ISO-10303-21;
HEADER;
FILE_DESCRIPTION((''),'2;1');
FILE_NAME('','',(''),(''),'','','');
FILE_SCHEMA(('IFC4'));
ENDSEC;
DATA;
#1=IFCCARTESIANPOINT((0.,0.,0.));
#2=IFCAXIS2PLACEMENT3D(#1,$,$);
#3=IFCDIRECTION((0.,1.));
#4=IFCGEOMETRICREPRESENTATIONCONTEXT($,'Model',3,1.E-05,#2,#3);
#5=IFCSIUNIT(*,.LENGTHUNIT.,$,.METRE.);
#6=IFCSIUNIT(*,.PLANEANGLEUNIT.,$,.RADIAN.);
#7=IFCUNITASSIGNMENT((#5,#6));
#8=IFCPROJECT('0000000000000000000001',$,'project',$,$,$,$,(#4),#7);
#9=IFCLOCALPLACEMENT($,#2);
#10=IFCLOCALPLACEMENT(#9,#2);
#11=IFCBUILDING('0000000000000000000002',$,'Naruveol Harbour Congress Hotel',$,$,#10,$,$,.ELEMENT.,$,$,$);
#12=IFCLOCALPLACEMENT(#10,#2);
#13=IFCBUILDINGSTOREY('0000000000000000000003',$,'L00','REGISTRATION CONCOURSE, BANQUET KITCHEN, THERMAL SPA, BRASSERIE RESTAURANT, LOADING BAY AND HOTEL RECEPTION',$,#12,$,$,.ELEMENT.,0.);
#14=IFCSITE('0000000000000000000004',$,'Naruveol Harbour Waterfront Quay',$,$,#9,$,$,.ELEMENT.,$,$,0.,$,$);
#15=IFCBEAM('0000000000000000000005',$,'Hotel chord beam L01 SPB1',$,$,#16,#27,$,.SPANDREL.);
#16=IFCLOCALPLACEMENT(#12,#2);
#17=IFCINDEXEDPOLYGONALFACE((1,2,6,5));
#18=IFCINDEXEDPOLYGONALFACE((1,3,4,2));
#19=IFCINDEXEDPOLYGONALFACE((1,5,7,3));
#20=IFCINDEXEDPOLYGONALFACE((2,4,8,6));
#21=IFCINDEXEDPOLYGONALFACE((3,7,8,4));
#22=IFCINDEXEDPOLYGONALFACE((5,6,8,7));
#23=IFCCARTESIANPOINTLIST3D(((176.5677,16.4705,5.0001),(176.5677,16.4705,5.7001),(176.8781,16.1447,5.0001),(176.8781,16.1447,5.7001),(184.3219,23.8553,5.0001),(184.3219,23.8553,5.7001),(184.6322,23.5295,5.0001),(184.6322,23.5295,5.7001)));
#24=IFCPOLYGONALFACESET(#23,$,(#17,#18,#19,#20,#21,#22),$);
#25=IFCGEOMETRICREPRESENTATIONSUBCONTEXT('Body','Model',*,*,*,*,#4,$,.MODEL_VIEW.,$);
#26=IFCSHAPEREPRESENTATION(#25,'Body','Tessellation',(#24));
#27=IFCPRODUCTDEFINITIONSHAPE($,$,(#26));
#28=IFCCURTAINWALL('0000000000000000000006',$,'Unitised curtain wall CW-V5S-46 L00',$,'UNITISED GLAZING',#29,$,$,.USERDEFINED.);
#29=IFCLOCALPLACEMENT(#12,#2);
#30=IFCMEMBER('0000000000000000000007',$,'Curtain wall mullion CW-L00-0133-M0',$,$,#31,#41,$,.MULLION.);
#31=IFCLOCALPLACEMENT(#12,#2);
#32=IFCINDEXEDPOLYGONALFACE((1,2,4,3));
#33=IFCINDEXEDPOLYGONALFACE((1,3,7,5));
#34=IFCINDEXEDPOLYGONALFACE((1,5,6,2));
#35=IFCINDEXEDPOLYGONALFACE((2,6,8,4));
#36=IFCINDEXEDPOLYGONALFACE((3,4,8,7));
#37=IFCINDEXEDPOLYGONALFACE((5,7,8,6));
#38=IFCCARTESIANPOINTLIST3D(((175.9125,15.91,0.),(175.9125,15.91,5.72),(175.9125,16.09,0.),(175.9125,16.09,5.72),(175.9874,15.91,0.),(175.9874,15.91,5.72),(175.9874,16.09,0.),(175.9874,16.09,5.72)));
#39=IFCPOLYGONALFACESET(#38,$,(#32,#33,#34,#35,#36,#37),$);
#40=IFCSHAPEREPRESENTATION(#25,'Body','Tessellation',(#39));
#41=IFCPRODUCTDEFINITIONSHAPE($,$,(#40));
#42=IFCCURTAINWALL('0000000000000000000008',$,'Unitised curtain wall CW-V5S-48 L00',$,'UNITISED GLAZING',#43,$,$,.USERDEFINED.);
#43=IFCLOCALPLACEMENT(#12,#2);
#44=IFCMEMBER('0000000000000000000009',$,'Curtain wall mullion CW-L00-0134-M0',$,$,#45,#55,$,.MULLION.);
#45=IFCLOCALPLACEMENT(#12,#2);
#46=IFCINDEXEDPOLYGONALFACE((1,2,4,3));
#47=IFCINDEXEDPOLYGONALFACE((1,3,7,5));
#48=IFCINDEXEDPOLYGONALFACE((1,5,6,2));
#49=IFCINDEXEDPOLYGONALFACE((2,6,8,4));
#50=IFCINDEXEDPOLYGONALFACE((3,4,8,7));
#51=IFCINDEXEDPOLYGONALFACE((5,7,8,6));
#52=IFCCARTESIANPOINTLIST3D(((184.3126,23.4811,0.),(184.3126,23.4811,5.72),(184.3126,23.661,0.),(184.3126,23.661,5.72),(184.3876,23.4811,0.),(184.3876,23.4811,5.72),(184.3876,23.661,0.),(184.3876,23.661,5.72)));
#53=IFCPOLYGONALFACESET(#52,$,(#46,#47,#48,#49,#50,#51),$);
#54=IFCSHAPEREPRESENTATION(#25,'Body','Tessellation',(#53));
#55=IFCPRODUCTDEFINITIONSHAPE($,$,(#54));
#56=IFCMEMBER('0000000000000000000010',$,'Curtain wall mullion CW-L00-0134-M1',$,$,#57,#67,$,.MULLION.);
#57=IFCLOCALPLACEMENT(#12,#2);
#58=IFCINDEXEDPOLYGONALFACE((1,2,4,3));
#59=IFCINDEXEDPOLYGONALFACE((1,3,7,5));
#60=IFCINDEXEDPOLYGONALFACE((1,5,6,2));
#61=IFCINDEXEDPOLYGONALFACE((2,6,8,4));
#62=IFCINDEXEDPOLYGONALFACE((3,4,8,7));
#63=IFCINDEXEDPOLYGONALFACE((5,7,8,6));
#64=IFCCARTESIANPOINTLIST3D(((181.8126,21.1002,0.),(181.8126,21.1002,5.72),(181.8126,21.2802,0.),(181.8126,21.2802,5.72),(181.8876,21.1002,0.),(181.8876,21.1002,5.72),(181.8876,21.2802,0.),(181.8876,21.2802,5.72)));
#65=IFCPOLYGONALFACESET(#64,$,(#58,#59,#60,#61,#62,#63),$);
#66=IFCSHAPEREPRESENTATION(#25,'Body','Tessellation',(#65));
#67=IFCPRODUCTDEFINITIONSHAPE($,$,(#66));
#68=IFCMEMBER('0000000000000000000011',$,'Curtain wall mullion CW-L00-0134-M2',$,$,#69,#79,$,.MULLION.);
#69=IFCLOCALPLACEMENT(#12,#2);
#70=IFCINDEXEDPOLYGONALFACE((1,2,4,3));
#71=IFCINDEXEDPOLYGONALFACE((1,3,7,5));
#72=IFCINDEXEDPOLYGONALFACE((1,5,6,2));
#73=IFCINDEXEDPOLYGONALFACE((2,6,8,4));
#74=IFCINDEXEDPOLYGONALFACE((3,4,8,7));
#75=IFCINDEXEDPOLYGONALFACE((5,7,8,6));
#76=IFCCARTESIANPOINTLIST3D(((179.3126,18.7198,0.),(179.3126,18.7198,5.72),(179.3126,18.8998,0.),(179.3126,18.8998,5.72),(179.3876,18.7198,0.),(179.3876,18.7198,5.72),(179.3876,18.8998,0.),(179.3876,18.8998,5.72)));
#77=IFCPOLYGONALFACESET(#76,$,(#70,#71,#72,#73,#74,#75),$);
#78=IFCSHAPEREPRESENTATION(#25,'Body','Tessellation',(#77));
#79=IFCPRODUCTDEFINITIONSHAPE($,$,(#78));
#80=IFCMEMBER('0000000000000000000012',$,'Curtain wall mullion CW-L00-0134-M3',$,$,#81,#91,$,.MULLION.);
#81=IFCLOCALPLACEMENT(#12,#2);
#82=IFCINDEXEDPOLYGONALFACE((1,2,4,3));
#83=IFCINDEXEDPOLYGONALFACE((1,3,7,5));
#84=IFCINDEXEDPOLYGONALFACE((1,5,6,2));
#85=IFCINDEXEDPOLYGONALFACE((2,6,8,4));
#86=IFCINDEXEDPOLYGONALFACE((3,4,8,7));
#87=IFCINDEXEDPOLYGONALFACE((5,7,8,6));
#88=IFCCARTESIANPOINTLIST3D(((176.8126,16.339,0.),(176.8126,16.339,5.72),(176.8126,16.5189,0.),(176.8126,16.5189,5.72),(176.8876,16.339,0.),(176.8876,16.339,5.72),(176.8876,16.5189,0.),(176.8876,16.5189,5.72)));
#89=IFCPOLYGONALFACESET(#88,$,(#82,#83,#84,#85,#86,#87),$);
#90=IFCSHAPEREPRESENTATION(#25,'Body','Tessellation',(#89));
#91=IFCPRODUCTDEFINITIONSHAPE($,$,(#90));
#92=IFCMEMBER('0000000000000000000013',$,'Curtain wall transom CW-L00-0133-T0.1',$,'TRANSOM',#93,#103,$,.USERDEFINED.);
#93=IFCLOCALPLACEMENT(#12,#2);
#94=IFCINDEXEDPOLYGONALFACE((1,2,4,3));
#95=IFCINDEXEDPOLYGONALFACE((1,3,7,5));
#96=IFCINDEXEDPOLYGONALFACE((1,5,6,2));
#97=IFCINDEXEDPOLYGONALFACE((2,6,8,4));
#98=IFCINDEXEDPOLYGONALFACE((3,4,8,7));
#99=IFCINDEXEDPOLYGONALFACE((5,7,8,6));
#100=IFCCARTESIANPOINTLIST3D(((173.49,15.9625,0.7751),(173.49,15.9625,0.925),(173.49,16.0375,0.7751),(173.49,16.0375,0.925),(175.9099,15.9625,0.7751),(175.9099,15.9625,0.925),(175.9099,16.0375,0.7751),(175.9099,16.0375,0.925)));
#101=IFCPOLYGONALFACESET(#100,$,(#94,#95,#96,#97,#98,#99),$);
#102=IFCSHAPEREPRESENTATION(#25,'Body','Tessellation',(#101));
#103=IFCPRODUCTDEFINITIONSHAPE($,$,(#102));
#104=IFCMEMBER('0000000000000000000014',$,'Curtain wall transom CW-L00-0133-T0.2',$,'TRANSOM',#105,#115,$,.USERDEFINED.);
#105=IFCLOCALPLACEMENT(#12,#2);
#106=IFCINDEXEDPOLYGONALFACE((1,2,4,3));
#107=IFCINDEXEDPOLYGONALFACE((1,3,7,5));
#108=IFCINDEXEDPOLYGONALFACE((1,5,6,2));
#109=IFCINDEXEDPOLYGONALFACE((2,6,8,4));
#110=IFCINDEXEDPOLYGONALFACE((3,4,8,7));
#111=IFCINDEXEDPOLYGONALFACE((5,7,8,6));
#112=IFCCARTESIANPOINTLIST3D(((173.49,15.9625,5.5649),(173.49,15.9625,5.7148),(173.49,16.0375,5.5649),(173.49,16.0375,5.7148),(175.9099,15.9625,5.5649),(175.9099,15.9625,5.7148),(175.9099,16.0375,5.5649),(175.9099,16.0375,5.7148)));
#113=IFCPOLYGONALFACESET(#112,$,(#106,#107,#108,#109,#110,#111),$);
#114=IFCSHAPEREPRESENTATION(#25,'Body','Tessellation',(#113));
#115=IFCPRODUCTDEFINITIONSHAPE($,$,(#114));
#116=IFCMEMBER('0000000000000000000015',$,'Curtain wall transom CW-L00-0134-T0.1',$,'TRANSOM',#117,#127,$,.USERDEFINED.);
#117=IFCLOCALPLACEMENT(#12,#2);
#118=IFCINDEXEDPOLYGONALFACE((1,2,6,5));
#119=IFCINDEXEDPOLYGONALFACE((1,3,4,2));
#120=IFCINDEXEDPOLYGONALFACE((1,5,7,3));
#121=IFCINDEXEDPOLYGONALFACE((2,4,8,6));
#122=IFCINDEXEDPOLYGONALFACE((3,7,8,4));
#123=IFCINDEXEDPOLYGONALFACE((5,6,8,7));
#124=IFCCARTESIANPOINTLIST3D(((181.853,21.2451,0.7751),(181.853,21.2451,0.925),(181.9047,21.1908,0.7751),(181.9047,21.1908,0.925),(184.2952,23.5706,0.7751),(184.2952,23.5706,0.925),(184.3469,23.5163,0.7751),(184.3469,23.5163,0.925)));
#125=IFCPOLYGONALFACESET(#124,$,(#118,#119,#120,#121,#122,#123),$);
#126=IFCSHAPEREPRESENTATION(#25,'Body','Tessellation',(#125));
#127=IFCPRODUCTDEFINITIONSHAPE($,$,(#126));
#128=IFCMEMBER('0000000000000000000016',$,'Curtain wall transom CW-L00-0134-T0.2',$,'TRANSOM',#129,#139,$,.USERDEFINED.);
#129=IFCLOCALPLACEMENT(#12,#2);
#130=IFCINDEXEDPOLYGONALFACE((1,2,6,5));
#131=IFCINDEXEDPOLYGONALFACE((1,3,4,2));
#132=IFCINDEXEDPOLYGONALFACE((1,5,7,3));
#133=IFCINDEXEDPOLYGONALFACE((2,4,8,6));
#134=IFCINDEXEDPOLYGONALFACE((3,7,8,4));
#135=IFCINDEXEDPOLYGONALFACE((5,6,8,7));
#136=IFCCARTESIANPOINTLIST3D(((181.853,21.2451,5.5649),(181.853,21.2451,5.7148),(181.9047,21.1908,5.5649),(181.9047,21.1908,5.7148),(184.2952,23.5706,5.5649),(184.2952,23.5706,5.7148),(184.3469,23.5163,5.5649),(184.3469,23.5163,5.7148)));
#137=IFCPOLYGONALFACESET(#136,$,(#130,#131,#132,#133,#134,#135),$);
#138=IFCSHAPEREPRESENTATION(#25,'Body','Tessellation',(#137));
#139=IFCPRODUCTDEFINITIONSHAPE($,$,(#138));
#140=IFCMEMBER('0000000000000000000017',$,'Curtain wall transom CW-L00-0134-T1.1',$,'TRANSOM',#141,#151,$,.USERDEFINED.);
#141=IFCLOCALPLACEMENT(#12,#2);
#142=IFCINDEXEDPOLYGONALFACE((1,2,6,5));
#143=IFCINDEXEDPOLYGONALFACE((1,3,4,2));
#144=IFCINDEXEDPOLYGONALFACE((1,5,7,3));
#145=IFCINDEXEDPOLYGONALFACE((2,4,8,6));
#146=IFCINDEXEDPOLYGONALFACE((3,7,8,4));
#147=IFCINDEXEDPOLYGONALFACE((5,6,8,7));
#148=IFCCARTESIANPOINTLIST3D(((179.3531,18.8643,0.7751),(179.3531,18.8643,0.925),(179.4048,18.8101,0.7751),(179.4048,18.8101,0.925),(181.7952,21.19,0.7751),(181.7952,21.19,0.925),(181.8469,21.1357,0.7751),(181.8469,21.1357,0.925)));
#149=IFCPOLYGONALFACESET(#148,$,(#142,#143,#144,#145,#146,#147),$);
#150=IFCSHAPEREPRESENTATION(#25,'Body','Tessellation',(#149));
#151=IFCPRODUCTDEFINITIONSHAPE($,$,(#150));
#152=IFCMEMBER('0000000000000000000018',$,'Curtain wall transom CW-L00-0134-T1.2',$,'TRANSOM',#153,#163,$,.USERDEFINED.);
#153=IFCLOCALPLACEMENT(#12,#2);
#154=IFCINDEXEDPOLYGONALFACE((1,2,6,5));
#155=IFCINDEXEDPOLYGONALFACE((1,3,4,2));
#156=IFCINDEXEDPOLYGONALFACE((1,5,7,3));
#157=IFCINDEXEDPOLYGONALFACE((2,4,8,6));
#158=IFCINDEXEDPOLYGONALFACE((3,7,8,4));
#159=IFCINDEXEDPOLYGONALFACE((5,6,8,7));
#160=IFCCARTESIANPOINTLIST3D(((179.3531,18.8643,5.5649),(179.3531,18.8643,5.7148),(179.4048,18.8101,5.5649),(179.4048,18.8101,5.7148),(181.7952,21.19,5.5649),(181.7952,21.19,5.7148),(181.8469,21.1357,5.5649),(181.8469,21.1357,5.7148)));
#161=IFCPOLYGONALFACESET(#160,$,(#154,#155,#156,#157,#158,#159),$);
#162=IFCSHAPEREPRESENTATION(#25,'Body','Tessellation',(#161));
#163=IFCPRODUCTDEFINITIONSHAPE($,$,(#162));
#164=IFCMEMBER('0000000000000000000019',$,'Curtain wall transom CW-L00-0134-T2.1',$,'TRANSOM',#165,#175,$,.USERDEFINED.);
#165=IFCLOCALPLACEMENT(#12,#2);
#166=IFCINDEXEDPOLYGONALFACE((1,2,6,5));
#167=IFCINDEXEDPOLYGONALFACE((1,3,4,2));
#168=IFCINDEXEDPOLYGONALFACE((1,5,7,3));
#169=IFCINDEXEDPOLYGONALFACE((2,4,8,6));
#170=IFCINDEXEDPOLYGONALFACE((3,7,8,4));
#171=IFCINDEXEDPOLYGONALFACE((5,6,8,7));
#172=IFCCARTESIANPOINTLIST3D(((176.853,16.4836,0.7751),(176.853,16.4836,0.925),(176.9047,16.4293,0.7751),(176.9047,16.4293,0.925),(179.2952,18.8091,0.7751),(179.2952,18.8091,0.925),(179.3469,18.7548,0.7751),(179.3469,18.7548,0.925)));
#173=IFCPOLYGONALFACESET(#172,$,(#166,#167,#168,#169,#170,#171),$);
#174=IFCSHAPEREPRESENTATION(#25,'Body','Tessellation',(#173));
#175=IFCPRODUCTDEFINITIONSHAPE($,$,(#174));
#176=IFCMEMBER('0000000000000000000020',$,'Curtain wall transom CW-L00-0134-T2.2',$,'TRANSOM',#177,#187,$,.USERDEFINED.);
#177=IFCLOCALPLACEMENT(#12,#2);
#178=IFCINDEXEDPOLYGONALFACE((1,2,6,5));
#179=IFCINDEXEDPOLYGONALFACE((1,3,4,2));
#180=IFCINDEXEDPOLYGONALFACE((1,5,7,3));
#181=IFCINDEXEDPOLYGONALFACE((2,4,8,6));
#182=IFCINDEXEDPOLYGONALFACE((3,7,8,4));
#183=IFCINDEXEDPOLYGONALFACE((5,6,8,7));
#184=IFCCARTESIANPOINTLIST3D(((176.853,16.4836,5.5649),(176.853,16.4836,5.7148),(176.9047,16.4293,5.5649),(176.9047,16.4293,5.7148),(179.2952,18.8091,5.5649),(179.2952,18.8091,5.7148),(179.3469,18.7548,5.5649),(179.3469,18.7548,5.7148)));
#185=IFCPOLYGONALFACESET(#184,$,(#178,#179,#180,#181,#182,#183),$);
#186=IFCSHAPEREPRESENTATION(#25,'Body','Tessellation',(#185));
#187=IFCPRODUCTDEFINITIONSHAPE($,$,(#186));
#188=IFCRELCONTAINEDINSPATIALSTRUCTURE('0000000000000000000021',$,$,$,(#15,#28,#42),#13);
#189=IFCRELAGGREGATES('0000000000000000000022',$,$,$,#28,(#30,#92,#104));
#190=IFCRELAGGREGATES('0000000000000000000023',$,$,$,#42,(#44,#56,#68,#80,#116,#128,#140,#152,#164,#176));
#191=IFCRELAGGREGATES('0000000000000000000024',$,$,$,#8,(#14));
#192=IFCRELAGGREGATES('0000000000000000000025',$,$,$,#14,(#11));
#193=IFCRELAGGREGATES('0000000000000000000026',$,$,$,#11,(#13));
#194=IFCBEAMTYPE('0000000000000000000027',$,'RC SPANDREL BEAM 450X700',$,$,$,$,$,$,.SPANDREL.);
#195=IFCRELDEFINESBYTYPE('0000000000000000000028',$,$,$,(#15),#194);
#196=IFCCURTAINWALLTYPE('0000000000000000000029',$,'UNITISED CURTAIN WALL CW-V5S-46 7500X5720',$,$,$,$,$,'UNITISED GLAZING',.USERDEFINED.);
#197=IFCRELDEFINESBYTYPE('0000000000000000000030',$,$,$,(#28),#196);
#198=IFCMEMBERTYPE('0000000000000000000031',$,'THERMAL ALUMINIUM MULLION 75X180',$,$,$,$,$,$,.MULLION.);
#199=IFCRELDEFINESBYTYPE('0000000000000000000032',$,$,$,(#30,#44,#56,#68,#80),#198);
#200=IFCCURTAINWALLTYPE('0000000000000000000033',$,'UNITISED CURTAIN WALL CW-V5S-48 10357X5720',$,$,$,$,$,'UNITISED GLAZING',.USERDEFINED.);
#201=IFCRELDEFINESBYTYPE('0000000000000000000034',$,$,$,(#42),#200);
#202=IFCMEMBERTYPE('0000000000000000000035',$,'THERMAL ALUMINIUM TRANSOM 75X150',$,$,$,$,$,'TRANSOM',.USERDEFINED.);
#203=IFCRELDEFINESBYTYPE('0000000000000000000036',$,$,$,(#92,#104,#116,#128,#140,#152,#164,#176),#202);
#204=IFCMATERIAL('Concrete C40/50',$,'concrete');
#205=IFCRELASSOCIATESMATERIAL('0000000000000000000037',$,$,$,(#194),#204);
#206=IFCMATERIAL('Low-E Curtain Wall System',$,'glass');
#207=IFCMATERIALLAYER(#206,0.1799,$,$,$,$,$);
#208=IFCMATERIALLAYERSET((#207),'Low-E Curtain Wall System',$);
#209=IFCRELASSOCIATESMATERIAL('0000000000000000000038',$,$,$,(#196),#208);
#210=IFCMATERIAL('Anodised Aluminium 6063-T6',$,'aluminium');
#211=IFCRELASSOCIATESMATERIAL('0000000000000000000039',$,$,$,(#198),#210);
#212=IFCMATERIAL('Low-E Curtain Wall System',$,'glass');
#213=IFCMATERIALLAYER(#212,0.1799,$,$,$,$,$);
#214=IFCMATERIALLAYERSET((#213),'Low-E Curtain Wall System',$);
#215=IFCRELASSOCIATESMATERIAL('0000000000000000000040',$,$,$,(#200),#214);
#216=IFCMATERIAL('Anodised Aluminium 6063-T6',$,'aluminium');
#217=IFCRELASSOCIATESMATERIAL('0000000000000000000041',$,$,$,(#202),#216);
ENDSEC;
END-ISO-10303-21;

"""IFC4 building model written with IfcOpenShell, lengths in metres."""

from ifc_helpers import new_model, si_unit, direction, frame, origin, origin_2d, place, context, subcontext, project, spatial, rectangle, extrude, material, layer, layer_set, material_profile, profile_set, type_object, element, aggregate, save


model = new_model("IFC4")

# Units and contexts
model_context = context("Model", 3, precision=1e-05, world=origin(), true_north=direction((0.0, 1.0)))
body_context = subcontext(model_context, "Body", "Model", "MODEL_VIEW")
ifc_project = project(units=[si_unit("LENGTHUNIT", "METRE"), si_unit("PLANEANGLEUNIT", "RADIAN")], contexts=[model_context])

# Site, building, storey
site_placement = place(None, origin())
site = spatial("IfcSite", under=ifc_project, at=site_placement, Name="Naruveol Harbour Waterfront Quay", CompositionType="ELEMENT", RefElevation=0.0)
building_placement = place(site_placement, origin())
building = spatial("IfcBuilding", under=site, at=building_placement, Name="Naruveol Harbour Congress Hotel", CompositionType="ELEMENT")
storey_placement = place(building_placement, origin())
storey = spatial("IfcBuildingStorey", under=building, at=storey_placement, Name="L00", Description="REGISTRATION CONCOURSE, BANQUET KITCHEN, THERMAL SPA, BRASSERIE RESTAURANT, LOADING BAY AND HOTEL RECEPTION", CompositionType="ELEMENT", Elevation=0.0)

# Beam
ifc_material_1 = material(Name="Concrete C40/50", Category="concrete")
ifc_material_profile_1 = material_profile(ifc_material_1, rectangle(XDim=0.45, YDim=0.7, at=origin_2d()), Name="RCB-450x700")
ifc_profile_set_1 = profile_set([ifc_material_profile_1], Name="Concrete C40/50")
beam_type_1 = type_object("IfcBeamType", Name="RC SPANDREL BEAM 450X700", PredefinedType="SPANDREL", material=ifc_profile_set_1)
beam_placement = place(storey_placement, frame((176.7229, 16.3076, 5.3501), z_axis=(0.724144, 0.689648, 0.0), x_axis=(-0.689648, 0.724144, 0.0)))
element("IfcBeam", 1, at=beam_placement, inside=storey, type_object=beam_type_1, Name="Hotel chord beam L01 SPB1", PredefinedType="SPANDREL", context=body_context, shape_type="SweptSolid", body=[
    extrude(rectangle(XDim=0.45, YDim=0.7, at=origin_2d()), origin(), (0.0, 0.0, 1.0), 10.708),
])

# Curtain wall, member
ifc_material_2 = material(Name="Low-E Curtain Wall System", Category="glass")
ifc_layer_1 = layer(ifc_material_2, 0.1799)
ifc_layer_set_1 = layer_set([ifc_layer_1], Name="Low-E Curtain Wall System")
curtain_wall_type_1 = type_object("IfcCurtainWallType", Name="UNITISED CURTAIN WALL CW-V5S-46 7500X5720", ElementType="UNITISED GLAZING", PredefinedType="USERDEFINED", material=ifc_layer_set_1)
curtain_wall_1_placement = place(storey_placement, origin())
curtain_wall_1 = element("IfcCurtainWall", 2, at=curtain_wall_1_placement, inside=storey, type_object=curtain_wall_type_1, Name="Unitised curtain wall CW-V5S-46 L00", ObjectType="UNITISED GLAZING", PredefinedType="USERDEFINED")
ifc_material_3 = material(Name="Anodised Aluminium 6063-T6", Category="aluminium")
ifc_material_profile_2 = material_profile(ifc_material_3, rectangle(XDim=0.075, YDim=0.1799, at=origin_2d()), Name="ALU-75x180")
ifc_profile_set_2 = profile_set([ifc_material_profile_2], Name="Anodised Aluminium 6063-T6")
member_type_1 = type_object("IfcMemberType", Name="THERMAL ALUMINIUM MULLION 75X180", PredefinedType="MULLION", material=ifc_profile_set_2)
member_1_placement = place(storey_placement, frame((175.95, 16.0, 0.0), z_axis=(0.0, 0.0, 1.0), x_axis=(1.0, 0.0, 0.0)))
member_1 = element("IfcMember", 3, at=member_1_placement, type_object=member_type_1, Name="Curtain wall mullion CW-L00-0133-M0", PredefinedType="MULLION", context=body_context, shape_type="SweptSolid", body=[
    extrude(rectangle(XDim=0.075, YDim=0.1799, at=origin_2d()), origin(), (0.0, 0.0, 1.0), 5.72),
])

# Curtain wall, members
ifc_material_4 = material(Name="Low-E Curtain Wall System", Category="glass")
ifc_layer_2 = layer(ifc_material_4, 0.1799)
ifc_layer_set_2 = layer_set([ifc_layer_2], Name="Low-E Curtain Wall System")
curtain_wall_type_2 = type_object("IfcCurtainWallType", Name="UNITISED CURTAIN WALL CW-V5S-48 10357X5720", ElementType="UNITISED GLAZING", PredefinedType="USERDEFINED", material=ifc_layer_set_2)
curtain_wall_2_placement = place(storey_placement, origin())
curtain_wall_2 = element("IfcCurtainWall", 4, at=curtain_wall_2_placement, inside=storey, type_object=curtain_wall_type_2, Name="Unitised curtain wall CW-V5S-48 L00", ObjectType="UNITISED GLAZING", PredefinedType="USERDEFINED")
member_2_placement = place(storey_placement, frame((184.3501, 23.571, 0.0), z_axis=(0.0, 0.0, 1.0), x_axis=(1.0, 0.0, 0.0)))
member_2 = element("IfcMember", 5, at=member_2_placement, type_object=member_type_1, Name="Curtain wall mullion CW-L00-0134-M0", PredefinedType="MULLION", context=body_context, shape_type="SweptSolid", body=[
    extrude(rectangle(XDim=0.075, YDim=0.1799, at=origin_2d()), origin(), (0.0, 0.0, 1.0), 5.72),
])
member_3_placement = place(storey_placement, frame((181.8501, 21.1902, 0.0), z_axis=(0.0, 0.0, 1.0), x_axis=(1.0, 0.0, 0.0)))
member_3 = element("IfcMember", 6, at=member_3_placement, type_object=member_type_1, Name="Curtain wall mullion CW-L00-0134-M1", PredefinedType="MULLION", context=body_context, shape_type="SweptSolid", body=[
    extrude(rectangle(XDim=0.075, YDim=0.1799, at=origin_2d()), origin(), (0.0, 0.0, 1.0), 5.72),
])
member_4_placement = place(storey_placement, frame((179.3501, 18.8098, 0.0), z_axis=(0.0, 0.0, 1.0), x_axis=(1.0, 0.0, 0.0)))
member_4 = element("IfcMember", 7, at=member_4_placement, type_object=member_type_1, Name="Curtain wall mullion CW-L00-0134-M2", PredefinedType="MULLION", context=body_context, shape_type="SweptSolid", body=[
    extrude(rectangle(XDim=0.075, YDim=0.1799, at=origin_2d()), origin(), (0.0, 0.0, 1.0), 5.72),
])
member_5_placement = place(storey_placement, frame((176.8501, 16.429, 0.0), z_axis=(0.0, 0.0, 1.0), x_axis=(1.0, 0.0, 0.0)))
member_5 = element("IfcMember", 8, at=member_5_placement, type_object=member_type_1, Name="Curtain wall mullion CW-L00-0134-M3", PredefinedType="MULLION", context=body_context, shape_type="SweptSolid", body=[
    extrude(rectangle(XDim=0.075, YDim=0.1799, at=origin_2d()), origin(), (0.0, 0.0, 1.0), 5.72),
])

# Members
ifc_material_5 = material(Name="Anodised Aluminium 6063-T6", Category="aluminium")
ifc_material_profile_3 = material_profile(ifc_material_5, rectangle(XDim=0.075, YDim=0.1499, at=origin_2d()), Name="ALU-75x150")
ifc_profile_set_3 = profile_set([ifc_material_profile_3], Name="Anodised Aluminium 6063-T6")
member_type_2 = type_object("IfcMemberType", Name="THERMAL ALUMINIUM TRANSOM 75X150", ElementType="TRANSOM", PredefinedType="USERDEFINED", material=ifc_profile_set_3)
member_6_placement = place(storey_placement, frame((175.9099, 16.0, 0.8501), z_axis=(-1.0, 0.0, 0.0), x_axis=(0.0, -1.0, 0.0)))
member_6 = element("IfcMember", 9, at=member_6_placement, type_object=member_type_2, Name="Curtain wall transom CW-L00-0133-T0.1", ObjectType="TRANSOM", PredefinedType="USERDEFINED", context=body_context, shape_type="SweptSolid", body=[
    extrude(rectangle(XDim=0.075, YDim=0.1499, at=origin_2d()), origin(), (0.0, 0.0, 1.0), 2.4199),
])
member_7_placement = place(storey_placement, frame((175.9099, 16.0, 5.6399), z_axis=(-1.0, 0.0, 0.0), x_axis=(0.0, -1.0, 0.0)))
member_7 = element("IfcMember", 10, at=member_7_placement, type_object=member_type_2, Name="Curtain wall transom CW-L00-0133-T0.2", ObjectType="TRANSOM", PredefinedType="USERDEFINED", context=body_context, shape_type="SweptSolid", body=[
    extrude(rectangle(XDim=0.075, YDim=0.1499, at=origin_2d()), origin(), (0.0, 0.0, 1.0), 2.4199),
])
member_8_placement = place(storey_placement, frame((184.321, 23.5435, 0.8501), z_axis=(-0.724198, -0.689592, 0.0), x_axis=(0.689592, -0.724198, 0.0)))
member_8 = element("IfcMember", 11, at=member_8_placement, type_object=member_type_2, Name="Curtain wall transom CW-L00-0134-T0.1", ObjectType="TRANSOM", PredefinedType="USERDEFINED", context=body_context, shape_type="SweptSolid", body=[
    extrude(rectangle(XDim=0.075, YDim=0.1499, at=origin_2d()), origin(), (0.0, 0.0, 1.0), 3.3723),
])
member_9_placement = place(storey_placement, frame((184.321, 23.5435, 5.6399), z_axis=(-0.724198, -0.689592, 0.0), x_axis=(0.689592, -0.724198, 0.0)))
member_9 = element("IfcMember", 12, at=member_9_placement, type_object=member_type_2, Name="Curtain wall transom CW-L00-0134-T0.2", ObjectType="TRANSOM", PredefinedType="USERDEFINED", context=body_context, shape_type="SweptSolid", body=[
    extrude(rectangle(XDim=0.075, YDim=0.1499, at=origin_2d()), origin(), (0.0, 0.0, 1.0), 3.3723),
])
member_10_placement = place(storey_placement, frame((181.821, 21.1628, 0.8501), z_axis=(-0.724162, -0.68963, 0.0), x_axis=(0.68963, -0.724162, 0.0)))
member_10 = element("IfcMember", 13, at=member_10_placement, type_object=member_type_2, Name="Curtain wall transom CW-L00-0134-T1.1", ObjectType="TRANSOM", PredefinedType="USERDEFINED", context=body_context, shape_type="SweptSolid", body=[
    extrude(rectangle(XDim=0.075, YDim=0.1499, at=origin_2d()), origin(), (0.0, 0.0, 1.0), 3.3723),
])
member_11_placement = place(storey_placement, frame((181.821, 21.1628, 5.6399), z_axis=(-0.724162, -0.68963, 0.0), x_axis=(0.68963, -0.724162, 0.0)))
member_11 = element("IfcMember", 14, at=member_11_placement, type_object=member_type_2, Name="Curtain wall transom CW-L00-0134-T1.2", ObjectType="TRANSOM", PredefinedType="USERDEFINED", context=body_context, shape_type="SweptSolid", body=[
    extrude(rectangle(XDim=0.075, YDim=0.1499, at=origin_2d()), origin(), (0.0, 0.0, 1.0), 3.3723),
])
member_12_placement = place(storey_placement, frame((179.321, 18.782, 0.8501), z_axis=(-0.724198, -0.689592, 0.0), x_axis=(0.689592, -0.724198, 0.0)))
member_12 = element("IfcMember", 15, at=member_12_placement, type_object=member_type_2, Name="Curtain wall transom CW-L00-0134-T2.1", ObjectType="TRANSOM", PredefinedType="USERDEFINED", context=body_context, shape_type="SweptSolid", body=[
    extrude(rectangle(XDim=0.075, YDim=0.1499, at=origin_2d()), origin(), (0.0, 0.0, 1.0), 3.3723),
])
member_13_placement = place(storey_placement, frame((179.321, 18.782, 5.6399), z_axis=(-0.724198, -0.689592, 0.0), x_axis=(0.689592, -0.724198, 0.0)))
member_13 = element("IfcMember", 16, at=member_13_placement, type_object=member_type_2, Name="Curtain wall transom CW-L00-0134-T2.2", ObjectType="TRANSOM", PredefinedType="USERDEFINED", context=body_context, shape_type="SweptSolid", body=[
    extrude(rectangle(XDim=0.075, YDim=0.1499, at=origin_2d()), origin(), (0.0, 0.0, 1.0), 3.3723),
])

aggregate(curtain_wall_1, [member_1, member_6, member_7])
aggregate(curtain_wall_2, [member_2, member_3, member_4, member_5, member_8, member_9, member_10, member_11, member_12, member_13])

save(model, "model.ifc")
